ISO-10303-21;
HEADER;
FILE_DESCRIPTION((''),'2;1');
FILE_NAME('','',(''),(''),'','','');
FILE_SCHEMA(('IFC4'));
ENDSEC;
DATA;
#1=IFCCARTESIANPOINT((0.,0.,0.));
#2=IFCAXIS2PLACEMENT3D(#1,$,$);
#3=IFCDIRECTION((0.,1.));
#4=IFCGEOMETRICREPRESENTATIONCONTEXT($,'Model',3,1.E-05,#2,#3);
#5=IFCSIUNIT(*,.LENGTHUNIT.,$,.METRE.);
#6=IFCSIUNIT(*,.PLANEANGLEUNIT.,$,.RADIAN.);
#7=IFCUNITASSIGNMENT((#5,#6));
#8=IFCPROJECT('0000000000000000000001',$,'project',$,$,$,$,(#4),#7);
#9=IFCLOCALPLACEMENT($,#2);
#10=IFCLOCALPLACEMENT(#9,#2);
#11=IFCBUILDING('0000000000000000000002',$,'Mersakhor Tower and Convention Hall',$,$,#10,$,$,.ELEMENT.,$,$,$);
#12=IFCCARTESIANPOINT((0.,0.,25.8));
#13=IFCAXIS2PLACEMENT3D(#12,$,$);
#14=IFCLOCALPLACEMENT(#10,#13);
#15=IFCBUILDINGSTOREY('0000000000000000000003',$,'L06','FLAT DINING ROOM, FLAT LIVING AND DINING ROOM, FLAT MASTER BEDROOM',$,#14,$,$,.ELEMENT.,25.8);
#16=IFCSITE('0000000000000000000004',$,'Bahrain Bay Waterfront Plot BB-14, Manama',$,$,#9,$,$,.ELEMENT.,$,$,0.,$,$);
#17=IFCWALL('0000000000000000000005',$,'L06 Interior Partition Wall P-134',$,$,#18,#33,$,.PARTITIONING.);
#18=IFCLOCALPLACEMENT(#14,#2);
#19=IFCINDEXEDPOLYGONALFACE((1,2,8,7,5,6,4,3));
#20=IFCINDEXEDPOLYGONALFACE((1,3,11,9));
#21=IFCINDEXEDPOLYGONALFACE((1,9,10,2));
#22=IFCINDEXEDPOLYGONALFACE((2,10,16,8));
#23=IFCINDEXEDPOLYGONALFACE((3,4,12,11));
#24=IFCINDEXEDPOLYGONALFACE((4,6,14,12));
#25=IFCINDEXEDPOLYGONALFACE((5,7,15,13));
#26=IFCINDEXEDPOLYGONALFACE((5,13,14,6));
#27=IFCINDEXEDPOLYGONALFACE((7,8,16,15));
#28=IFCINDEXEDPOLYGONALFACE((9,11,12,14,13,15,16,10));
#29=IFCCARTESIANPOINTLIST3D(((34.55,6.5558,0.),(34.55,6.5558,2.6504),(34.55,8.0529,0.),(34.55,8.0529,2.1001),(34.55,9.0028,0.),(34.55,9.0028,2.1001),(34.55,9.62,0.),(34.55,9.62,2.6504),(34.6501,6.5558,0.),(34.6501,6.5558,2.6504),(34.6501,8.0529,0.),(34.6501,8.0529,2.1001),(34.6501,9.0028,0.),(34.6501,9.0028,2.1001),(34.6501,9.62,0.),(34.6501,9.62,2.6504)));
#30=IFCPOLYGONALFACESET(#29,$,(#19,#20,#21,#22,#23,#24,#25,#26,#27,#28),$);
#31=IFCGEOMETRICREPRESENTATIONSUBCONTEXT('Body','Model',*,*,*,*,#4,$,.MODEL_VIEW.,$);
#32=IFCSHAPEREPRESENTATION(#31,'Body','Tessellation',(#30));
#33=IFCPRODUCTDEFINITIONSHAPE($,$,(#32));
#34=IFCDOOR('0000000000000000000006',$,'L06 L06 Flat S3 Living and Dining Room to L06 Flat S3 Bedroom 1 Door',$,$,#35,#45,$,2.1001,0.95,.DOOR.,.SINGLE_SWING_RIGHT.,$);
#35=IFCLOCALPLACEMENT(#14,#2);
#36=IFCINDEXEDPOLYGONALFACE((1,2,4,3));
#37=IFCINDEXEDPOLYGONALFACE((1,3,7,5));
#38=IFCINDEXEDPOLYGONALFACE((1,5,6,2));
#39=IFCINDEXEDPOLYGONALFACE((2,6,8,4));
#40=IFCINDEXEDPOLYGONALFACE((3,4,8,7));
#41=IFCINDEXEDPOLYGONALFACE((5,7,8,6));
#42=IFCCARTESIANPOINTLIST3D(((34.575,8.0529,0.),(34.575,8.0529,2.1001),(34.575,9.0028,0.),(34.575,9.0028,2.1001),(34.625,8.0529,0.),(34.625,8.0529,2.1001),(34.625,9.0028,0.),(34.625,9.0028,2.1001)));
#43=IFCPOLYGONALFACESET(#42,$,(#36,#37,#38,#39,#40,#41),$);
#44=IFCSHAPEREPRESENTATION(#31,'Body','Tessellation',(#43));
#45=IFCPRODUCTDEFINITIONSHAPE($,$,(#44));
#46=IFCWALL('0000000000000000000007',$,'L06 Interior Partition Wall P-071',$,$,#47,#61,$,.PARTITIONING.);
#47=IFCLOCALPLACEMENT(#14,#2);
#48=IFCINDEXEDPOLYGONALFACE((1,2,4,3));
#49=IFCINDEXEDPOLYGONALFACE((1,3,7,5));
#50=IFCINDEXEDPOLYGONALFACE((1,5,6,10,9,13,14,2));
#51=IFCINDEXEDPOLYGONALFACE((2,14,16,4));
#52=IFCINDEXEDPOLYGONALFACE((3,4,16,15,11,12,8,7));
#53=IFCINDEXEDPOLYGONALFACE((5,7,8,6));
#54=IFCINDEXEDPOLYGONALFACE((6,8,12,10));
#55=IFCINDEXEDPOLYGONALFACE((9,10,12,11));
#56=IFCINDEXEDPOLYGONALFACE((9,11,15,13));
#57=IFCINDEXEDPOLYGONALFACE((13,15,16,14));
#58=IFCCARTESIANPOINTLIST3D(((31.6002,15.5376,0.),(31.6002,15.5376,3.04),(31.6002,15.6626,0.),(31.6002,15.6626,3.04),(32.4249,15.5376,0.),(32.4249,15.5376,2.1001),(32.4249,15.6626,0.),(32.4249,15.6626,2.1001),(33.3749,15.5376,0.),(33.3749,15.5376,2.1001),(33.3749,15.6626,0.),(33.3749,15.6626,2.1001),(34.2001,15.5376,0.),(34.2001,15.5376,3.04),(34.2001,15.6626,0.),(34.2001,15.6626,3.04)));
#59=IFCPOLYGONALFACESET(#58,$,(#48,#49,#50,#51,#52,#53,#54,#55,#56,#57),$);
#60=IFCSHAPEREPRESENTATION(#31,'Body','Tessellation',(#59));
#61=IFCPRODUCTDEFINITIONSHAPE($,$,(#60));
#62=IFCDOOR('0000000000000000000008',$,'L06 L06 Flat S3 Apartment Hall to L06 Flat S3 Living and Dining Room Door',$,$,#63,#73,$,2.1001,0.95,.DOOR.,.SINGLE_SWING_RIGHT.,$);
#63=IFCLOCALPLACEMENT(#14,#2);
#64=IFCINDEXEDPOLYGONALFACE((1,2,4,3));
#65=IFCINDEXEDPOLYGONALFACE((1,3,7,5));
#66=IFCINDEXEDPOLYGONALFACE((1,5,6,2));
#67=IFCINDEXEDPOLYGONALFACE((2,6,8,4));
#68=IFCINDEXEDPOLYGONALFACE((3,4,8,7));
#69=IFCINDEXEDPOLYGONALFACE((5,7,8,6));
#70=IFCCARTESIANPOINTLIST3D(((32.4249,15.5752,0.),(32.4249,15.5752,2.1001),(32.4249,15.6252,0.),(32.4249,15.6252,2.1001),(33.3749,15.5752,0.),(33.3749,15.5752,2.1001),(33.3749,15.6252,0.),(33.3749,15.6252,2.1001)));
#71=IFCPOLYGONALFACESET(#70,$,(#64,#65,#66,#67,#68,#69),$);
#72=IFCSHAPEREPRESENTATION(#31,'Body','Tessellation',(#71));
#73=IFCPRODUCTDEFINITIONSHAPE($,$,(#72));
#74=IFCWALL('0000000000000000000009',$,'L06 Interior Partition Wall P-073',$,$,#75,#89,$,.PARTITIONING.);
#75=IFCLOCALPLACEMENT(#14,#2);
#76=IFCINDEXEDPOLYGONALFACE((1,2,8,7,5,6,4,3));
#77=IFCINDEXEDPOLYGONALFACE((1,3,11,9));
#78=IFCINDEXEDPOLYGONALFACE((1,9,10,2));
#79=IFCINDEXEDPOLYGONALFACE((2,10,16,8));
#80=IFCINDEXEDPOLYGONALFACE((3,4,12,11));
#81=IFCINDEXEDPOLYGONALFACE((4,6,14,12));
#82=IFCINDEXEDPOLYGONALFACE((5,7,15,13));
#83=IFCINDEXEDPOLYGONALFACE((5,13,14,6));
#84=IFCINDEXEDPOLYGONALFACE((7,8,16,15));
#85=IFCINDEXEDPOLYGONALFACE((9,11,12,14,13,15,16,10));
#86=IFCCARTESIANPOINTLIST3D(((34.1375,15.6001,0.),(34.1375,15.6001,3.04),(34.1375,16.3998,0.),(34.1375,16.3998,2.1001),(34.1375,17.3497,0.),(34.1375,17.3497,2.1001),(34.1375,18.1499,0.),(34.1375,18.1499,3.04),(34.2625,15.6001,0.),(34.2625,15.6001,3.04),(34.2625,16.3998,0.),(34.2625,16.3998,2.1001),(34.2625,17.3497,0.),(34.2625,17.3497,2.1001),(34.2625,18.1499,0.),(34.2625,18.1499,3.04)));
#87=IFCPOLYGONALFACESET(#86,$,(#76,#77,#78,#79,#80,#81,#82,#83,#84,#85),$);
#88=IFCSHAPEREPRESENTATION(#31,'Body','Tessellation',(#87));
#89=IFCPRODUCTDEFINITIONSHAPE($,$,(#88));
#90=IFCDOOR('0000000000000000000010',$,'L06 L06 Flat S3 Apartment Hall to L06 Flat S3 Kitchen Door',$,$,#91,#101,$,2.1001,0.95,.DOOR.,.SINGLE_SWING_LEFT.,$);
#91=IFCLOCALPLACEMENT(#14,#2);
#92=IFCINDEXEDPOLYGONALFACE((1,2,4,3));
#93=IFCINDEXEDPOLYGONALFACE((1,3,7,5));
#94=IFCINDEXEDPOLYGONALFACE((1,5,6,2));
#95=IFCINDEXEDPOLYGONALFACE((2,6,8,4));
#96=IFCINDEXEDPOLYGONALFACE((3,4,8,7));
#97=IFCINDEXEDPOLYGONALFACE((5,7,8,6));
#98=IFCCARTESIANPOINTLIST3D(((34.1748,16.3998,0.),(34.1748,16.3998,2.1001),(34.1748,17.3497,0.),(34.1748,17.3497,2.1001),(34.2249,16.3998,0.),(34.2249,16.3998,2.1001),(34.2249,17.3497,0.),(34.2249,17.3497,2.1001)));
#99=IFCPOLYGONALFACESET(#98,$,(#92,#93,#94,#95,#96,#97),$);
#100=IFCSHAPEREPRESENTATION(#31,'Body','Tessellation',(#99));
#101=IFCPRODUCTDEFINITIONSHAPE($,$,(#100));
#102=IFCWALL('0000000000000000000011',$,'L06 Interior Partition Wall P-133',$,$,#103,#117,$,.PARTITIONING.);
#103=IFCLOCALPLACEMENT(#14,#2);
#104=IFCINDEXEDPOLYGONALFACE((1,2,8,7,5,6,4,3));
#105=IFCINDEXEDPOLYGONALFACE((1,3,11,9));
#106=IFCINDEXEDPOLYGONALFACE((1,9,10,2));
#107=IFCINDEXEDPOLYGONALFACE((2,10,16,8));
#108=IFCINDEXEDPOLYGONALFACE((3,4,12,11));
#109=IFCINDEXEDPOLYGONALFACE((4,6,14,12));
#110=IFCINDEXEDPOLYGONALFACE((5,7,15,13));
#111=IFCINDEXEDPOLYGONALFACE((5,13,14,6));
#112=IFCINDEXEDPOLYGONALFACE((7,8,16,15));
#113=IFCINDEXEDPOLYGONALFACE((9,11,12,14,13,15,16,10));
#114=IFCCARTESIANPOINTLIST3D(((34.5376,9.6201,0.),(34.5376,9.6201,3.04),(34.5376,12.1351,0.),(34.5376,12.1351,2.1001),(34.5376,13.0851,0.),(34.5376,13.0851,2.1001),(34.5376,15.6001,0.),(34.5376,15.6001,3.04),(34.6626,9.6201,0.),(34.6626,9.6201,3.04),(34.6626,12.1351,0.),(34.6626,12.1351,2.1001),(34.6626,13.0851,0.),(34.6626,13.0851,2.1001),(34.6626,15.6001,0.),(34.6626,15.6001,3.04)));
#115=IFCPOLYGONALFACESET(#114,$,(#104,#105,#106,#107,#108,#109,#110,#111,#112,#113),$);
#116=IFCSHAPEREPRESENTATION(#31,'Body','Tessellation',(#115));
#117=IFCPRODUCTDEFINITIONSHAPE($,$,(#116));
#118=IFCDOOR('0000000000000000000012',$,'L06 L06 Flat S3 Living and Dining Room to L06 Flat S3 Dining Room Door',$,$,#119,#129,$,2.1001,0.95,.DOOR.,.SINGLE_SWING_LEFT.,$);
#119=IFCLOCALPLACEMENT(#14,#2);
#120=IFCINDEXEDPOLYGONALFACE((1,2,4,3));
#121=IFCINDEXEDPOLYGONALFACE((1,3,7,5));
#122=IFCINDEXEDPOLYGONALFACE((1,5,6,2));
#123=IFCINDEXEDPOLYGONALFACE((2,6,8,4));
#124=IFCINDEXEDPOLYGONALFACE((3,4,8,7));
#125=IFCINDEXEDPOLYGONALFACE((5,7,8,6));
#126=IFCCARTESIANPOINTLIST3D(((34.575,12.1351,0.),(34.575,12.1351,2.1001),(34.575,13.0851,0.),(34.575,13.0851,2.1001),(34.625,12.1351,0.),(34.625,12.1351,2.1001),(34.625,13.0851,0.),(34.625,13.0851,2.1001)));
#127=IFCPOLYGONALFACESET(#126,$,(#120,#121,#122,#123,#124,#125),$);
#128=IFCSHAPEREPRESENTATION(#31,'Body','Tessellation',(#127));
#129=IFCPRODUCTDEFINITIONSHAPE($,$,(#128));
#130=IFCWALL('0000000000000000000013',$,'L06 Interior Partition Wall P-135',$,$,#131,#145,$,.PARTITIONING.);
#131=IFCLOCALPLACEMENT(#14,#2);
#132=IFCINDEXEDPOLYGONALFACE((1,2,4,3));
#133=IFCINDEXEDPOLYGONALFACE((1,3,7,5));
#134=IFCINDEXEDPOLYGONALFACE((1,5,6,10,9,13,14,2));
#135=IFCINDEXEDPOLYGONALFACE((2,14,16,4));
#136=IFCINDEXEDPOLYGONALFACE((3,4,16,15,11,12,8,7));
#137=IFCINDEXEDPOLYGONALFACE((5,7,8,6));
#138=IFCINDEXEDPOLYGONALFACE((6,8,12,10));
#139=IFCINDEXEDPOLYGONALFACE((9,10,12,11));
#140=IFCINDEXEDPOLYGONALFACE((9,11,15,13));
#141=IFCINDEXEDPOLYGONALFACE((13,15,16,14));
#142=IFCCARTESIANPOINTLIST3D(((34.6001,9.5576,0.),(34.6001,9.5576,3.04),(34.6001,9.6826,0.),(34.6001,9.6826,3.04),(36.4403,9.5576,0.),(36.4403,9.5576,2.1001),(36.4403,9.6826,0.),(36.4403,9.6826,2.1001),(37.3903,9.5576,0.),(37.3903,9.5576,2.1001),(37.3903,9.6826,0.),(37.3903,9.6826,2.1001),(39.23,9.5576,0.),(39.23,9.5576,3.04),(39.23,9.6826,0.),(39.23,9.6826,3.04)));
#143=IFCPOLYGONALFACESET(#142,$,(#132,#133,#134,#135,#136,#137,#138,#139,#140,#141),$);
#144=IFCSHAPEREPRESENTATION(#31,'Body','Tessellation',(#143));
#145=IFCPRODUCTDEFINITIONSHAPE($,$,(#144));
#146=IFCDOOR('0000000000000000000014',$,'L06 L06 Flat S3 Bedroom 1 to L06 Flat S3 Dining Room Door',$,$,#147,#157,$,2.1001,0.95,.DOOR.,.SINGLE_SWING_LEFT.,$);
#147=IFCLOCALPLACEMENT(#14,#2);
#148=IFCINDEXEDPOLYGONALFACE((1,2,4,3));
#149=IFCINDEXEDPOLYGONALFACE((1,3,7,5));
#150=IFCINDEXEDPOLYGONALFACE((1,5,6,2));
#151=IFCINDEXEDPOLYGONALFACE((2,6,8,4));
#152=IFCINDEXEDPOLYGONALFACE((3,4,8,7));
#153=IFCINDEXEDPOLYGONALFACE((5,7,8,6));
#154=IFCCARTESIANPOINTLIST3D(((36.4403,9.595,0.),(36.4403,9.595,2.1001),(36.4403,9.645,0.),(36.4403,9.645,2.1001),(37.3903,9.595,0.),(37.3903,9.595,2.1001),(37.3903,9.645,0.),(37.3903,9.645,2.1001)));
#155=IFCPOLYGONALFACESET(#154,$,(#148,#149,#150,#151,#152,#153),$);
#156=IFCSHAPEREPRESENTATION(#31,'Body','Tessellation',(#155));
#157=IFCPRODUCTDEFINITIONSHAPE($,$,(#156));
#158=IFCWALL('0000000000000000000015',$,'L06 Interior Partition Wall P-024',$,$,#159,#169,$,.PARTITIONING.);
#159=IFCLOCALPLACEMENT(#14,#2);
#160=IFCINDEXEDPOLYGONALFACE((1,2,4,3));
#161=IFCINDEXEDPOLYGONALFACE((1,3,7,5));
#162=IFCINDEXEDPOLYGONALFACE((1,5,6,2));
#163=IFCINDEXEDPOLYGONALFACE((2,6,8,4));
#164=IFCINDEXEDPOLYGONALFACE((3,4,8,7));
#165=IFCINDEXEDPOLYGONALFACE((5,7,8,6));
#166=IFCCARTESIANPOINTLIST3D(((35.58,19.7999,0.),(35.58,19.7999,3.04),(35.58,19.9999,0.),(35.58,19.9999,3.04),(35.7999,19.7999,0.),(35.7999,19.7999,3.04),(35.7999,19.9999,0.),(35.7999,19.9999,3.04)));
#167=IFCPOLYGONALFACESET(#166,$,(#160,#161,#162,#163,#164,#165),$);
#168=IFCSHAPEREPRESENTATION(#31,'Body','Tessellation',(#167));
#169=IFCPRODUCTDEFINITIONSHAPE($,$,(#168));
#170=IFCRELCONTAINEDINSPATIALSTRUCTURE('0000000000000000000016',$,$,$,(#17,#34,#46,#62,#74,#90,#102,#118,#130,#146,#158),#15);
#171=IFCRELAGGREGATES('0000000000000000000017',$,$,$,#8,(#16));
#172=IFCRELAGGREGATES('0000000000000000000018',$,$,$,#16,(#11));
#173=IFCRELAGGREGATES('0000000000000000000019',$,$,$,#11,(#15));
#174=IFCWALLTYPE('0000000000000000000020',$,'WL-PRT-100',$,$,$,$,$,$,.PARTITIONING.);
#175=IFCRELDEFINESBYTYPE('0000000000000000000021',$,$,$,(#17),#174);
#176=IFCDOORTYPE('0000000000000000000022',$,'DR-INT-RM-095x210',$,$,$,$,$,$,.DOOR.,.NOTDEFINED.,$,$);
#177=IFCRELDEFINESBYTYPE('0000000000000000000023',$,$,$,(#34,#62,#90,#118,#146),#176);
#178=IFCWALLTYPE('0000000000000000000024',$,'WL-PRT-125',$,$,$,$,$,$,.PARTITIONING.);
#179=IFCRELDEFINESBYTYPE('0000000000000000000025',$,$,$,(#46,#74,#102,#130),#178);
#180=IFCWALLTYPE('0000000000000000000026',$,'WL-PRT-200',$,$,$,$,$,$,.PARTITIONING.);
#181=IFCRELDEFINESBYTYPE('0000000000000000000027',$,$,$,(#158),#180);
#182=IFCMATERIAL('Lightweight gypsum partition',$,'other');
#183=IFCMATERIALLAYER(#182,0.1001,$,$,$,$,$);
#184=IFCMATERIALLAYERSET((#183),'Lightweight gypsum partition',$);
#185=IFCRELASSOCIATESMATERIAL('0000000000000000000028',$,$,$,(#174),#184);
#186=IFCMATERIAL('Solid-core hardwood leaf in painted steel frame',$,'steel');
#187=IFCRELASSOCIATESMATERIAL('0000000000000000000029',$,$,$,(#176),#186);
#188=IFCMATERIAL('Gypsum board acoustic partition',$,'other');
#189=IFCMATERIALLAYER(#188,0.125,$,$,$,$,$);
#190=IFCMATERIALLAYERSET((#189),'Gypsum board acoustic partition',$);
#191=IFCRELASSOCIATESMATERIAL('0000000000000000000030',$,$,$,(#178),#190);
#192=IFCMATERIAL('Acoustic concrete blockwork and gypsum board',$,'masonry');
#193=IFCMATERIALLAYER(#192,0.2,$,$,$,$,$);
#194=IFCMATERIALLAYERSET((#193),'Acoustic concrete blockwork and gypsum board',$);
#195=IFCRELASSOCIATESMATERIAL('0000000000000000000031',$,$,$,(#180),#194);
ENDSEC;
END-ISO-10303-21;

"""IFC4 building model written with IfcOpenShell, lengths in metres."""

from ifc_helpers import new_model, si_unit, direction, frame, frame_2d, origin, place, context, subcontext, project, spatial, rectangle, extrude, material, layer, layer_set, type_object, element, fill, save


model = new_model("IFC4")

# Units and contexts
model_context = context("Model", 3, precision=1e-05, world=origin(), true_north=direction((0.0, 1.0)))
body_context = subcontext(model_context, "Body", "Model", "MODEL_VIEW")
ifc_project = project(units=[si_unit("LENGTHUNIT", "METRE"), si_unit("PLANEANGLEUNIT", "RADIAN")], contexts=[model_context])

# Site, building, storey
site_placement = place(None, origin())
site = spatial("IfcSite", under=ifc_project, at=site_placement, Name="Bahrain Bay Waterfront Plot BB-14, Manama", CompositionType="ELEMENT", RefElevation=0.0)
building_placement = place(site_placement, origin())
building = spatial("IfcBuilding", under=site, at=building_placement, Name="Mersakhor Tower and Convention Hall", CompositionType="ELEMENT")
storey_placement = place(building_placement, frame((0.0, 0.0, 25.8)))
storey = spatial("IfcBuildingStorey", under=building, at=storey_placement, Name="L06", Description="FLAT DINING ROOM, FLAT LIVING AND DINING ROOM, FLAT MASTER BEDROOM", CompositionType="ELEMENT", Elevation=25.8)

# Shared definitions
ifc_material_1 = material(Name="Lightweight gypsum partition", Category="other")
ifc_layer_1 = layer(ifc_material_1, 0.1001)
ifc_layer_set_1 = layer_set([ifc_layer_1], Name="Lightweight gypsum partition")
wall_type_1 = type_object("IfcWallType", Name="WL-PRT-100", PredefinedType="PARTITIONING", material=ifc_layer_set_1)

# Walls, openings, doors
wall_1_placement = place(storey_placement, frame((34.6001, 9.6201, 0.0), z_axis=(0.0, 0.0, 1.0), x_axis=(0.0, -1.0, 0.0)))
wall_1 = element("IfcWall", 1, at=wall_1_placement, inside=storey, type_object=wall_type_1, Name="L06 Interior Partition Wall P-134", PredefinedType="PARTITIONING", context=body_context, shape_type="SweptSolid", body=[
    extrude(rectangle(XDim=3.0642, YDim=0.1001, at=frame_2d((1.5322, 0.0))), origin(), (0.0, 0.0, 1.0), 2.6504),
])
opening_1_placement = place(wall_1_placement, frame((0.6172, 0.0, 0.0)))
opening_1 = element("IfcOpeningElement", 2, at=opening_1_placement, cuts=wall_1, PredefinedType="OPENING", context=body_context, shape_type="SweptSolid", body=[
    extrude(rectangle(XDim=0.95, YDim=2.1001, at=frame_2d((0.4751, 1.05))), frame((0.0, 0.0601, 0.0), z_axis=(0.0, -1.0, 0.0), x_axis=(1.0, 0.0, 0.0)), (0.0, 0.0, 1.0), 0.1201),
])
ifc_material_2 = material(Name="Solid-core hardwood leaf in painted steel frame", Category="steel")
door_type_1 = type_object("IfcDoorType", Name="DR-INT-RM-095x210", OperationType="NOTDEFINED", PredefinedType="DOOR", material=ifc_material_2)
door_1_placement = place(opening_1_placement, origin())
door_1 = element("IfcDoor", 3, at=door_1_placement, inside=storey, type_object=door_type_1, Name="L06 L06 Flat S3 Living and Dining Room to L06 Flat S3 Bedroom 1 Door", OperationType="SINGLE_SWING_RIGHT", OverallHeight=2.1001, OverallWidth=0.95, PredefinedType="DOOR", context=body_context, shape_type="SweptSolid", body=[
    extrude(rectangle(XDim=0.95, YDim=2.1001, at=frame_2d((0.4751, 1.05))), frame((0.0, 0.0249, 0.0), z_axis=(0.0, -1.0, 0.0), x_axis=(1.0, 0.0, 0.0)), (0.0, 0.0, 1.0), 0.05),
])
fill(opening_1, door_1)
ifc_material_3 = material(Name="Gypsum board acoustic partition", Category="other")
ifc_layer_2 = layer(ifc_material_3, 0.125)
ifc_layer_set_2 = layer_set([ifc_layer_2], Name="Gypsum board acoustic partition")
wall_type_2 = type_object("IfcWallType", Name="WL-PRT-125", PredefinedType="PARTITIONING", material=ifc_layer_set_2)
wall_2_placement = place(storey_placement, frame((34.2, 15.6001, 0.0), z_axis=(0.0, 0.0, 1.0), x_axis=(-1.0, 0.0, 0.0)))
wall_2 = element("IfcWall", 4, at=wall_2_placement, inside=storey, type_object=wall_type_2, Name="L06 Interior Partition Wall P-071", PredefinedType="PARTITIONING", context=body_context, shape_type="SweptSolid", body=[
    extrude(rectangle(XDim=2.5999, YDim=0.125, at=frame_2d((1.2998, 0.0))), origin(), (0.0, 0.0, 1.0), 3.04),
])
opening_2_placement = place(wall_2_placement, frame((0.825, 0.0, 0.0)))
opening_2 = element("IfcOpeningElement", 5, at=opening_2_placement, cuts=wall_2, PredefinedType="OPENING", context=body_context, shape_type="SweptSolid", body=[
    extrude(rectangle(XDim=0.95, YDim=2.1001, at=frame_2d((0.4751, 1.05))), frame((0.0, 0.0725, 0.0), z_axis=(0.0, -1.0, 0.0), x_axis=(1.0, 0.0, 0.0)), (0.0, 0.0, 1.0), 0.145),
])
door_2_placement = place(opening_2_placement, origin())
door_2 = element("IfcDoor", 6, at=door_2_placement, inside=storey, type_object=door_type_1, Name="L06 L06 Flat S3 Apartment Hall to L06 Flat S3 Living and Dining Room Door", OperationType="SINGLE_SWING_RIGHT", OverallHeight=2.1001, OverallWidth=0.95, PredefinedType="DOOR", context=body_context, shape_type="SweptSolid", body=[
    extrude(rectangle(XDim=0.95, YDim=2.1001, at=frame_2d((0.4751, 1.05))), frame((0.0, 0.0249, 0.0), z_axis=(0.0, -1.0, 0.0), x_axis=(1.0, 0.0, 0.0)), (0.0, 0.0, 1.0), 0.05),
])
fill(opening_2, door_2)
wall_3_placement = place(storey_placement, frame((34.2, 18.1499, 0.0), z_axis=(0.0, 0.0, 1.0), x_axis=(0.0, -1.0, 0.0)))
wall_3 = element("IfcWall", 7, at=wall_3_placement, inside=storey, type_object=wall_type_2, Name="L06 Interior Partition Wall P-073", PredefinedType="PARTITIONING", context=body_context, shape_type="SweptSolid", body=[
    extrude(rectangle(XDim=2.5498, YDim=0.125, at=frame_2d((1.2749, 0.0))), origin(), (0.0, 0.0, 1.0), 3.04),
])
opening_3_placement = place(wall_3_placement, frame((0.8, 0.0, 0.0)))
opening_3 = element("IfcOpeningElement", 8, at=opening_3_placement, cuts=wall_3, PredefinedType="OPENING", context=body_context, shape_type="SweptSolid", body=[
    extrude(rectangle(XDim=0.95, YDim=2.1001, at=frame_2d((0.4751, 1.05))), frame((0.0, 0.0725, 0.0), z_axis=(0.0, -1.0, 0.0), x_axis=(1.0, 0.0, 0.0)), (0.0, 0.0, 1.0), 0.145),
])
door_3_placement = place(opening_3_placement, origin())
door_3 = element("IfcDoor", 9, at=door_3_placement, inside=storey, type_object=door_type_1, Name="L06 L06 Flat S3 Apartment Hall to L06 Flat S3 Kitchen Door", OperationType="SINGLE_SWING_LEFT", OverallHeight=2.1001, OverallWidth=0.95, PredefinedType="DOOR", context=body_context, shape_type="SweptSolid", body=[
    extrude(rectangle(XDim=0.95, YDim=2.1001, at=frame_2d((0.4751, 1.05))), frame((0.0, 0.0249, 0.0), z_axis=(0.0, -1.0, 0.0), x_axis=(1.0, 0.0, 0.0)), (0.0, 0.0, 1.0), 0.05),
])
fill(opening_3, door_3)
wall_4_placement = place(storey_placement, frame((34.6001, 15.6001, 0.0), z_axis=(0.0, 0.0, 1.0), x_axis=(0.0, -1.0, 0.0)))
wall_4 = element("IfcWall", 10, at=wall_4_placement, inside=storey, type_object=wall_type_2, Name="L06 Interior Partition Wall P-133", PredefinedType="PARTITIONING", context=body_context, shape_type="SweptSolid", body=[
    extrude(rectangle(XDim=5.98, YDim=0.125, at=frame_2d((2.99, 0.0))), origin(), (0.0, 0.0, 1.0), 3.04),
])
opening_4_placement = place(wall_4_placement, frame((2.5149, 0.0, 0.0)))
opening_4 = element("IfcOpeningElement", 11, at=opening_4_placement, cuts=wall_4, PredefinedType="OPENING", context=body_context, shape_type="SweptSolid", body=[
    extrude(rectangle(XDim=0.95, YDim=2.1001, at=frame_2d((0.4751, 1.05))), frame((0.0, 0.0725, 0.0), z_axis=(0.0, -1.0, 0.0), x_axis=(1.0, 0.0, 0.0)), (0.0, 0.0, 1.0), 0.145),
])
door_4_placement = place(opening_4_placement, origin())
door_4 = element("IfcDoor", 12, at=door_4_placement, inside=storey, type_object=door_type_1, Name="L06 L06 Flat S3 Living and Dining Room to L06 Flat S3 Dining Room Door", OperationType="SINGLE_SWING_LEFT", OverallHeight=2.1001, OverallWidth=0.95, PredefinedType="DOOR", context=body_context, shape_type="SweptSolid", body=[
    extrude(rectangle(XDim=0.95, YDim=2.1001, at=frame_2d((0.4751, 1.05))), frame((0.0, 0.0249, 0.0), z_axis=(0.0, -1.0, 0.0), x_axis=(1.0, 0.0, 0.0)), (0.0, 0.0, 1.0), 0.05),
])
fill(opening_4, door_4)
wall_5_placement = place(storey_placement, frame((34.6001, 9.6201, 0.0), z_axis=(0.0, 0.0, 1.0), x_axis=(1.0, 0.0, 0.0)))
wall_5 = element("IfcWall", 13, at=wall_5_placement, inside=storey, type_object=wall_type_2, Name="L06 Interior Partition Wall P-135", PredefinedType="PARTITIONING", context=body_context, shape_type="SweptSolid", body=[
    extrude(rectangle(XDim=4.6299, YDim=0.125, at=frame_2d((2.3149, 0.0))), origin(), (0.0, 0.0, 1.0), 3.04),
])
opening_5_placement = place(wall_5_placement, frame((1.8401, 0.0, 0.0)))
opening_5 = element("IfcOpeningElement", 14, at=opening_5_placement, cuts=wall_5, PredefinedType="OPENING", context=body_context, shape_type="SweptSolid", body=[
    extrude(rectangle(XDim=0.95, YDim=2.1001, at=frame_2d((0.4751, 1.05))), frame((0.0, 0.0725, 0.0), z_axis=(0.0, -1.0, 0.0), x_axis=(1.0, 0.0, 0.0)), (0.0, 0.0, 1.0), 0.145),
])
door_5_placement = place(opening_5_placement, origin())
door_5 = element("IfcDoor", 15, at=door_5_placement, inside=storey, type_object=door_type_1, Name="L06 L06 Flat S3 Bedroom 1 to L06 Flat S3 Dining Room Door", OperationType="SINGLE_SWING_LEFT", OverallHeight=2.1001, OverallWidth=0.95, PredefinedType="DOOR", context=body_context, shape_type="SweptSolid", body=[
    extrude(rectangle(XDim=0.95, YDim=2.1001, at=frame_2d((0.4751, 1.05))), frame((0.0, 0.0249, 0.0), z_axis=(0.0, -1.0, 0.0), x_axis=(1.0, 0.0, 0.0)), (0.0, 0.0, 1.0), 0.05),
])
fill(opening_5, door_5)

# Wall
ifc_material_4 = material(Name="Acoustic concrete blockwork and gypsum board", Category="masonry")
ifc_layer_3 = layer(ifc_material_4, 0.2)
ifc_layer_set_3 = layer_set([ifc_layer_3], Name="Acoustic concrete blockwork and gypsum board")
wall_type_3 = type_object("IfcWallType", Name="WL-PRT-200", PredefinedType="PARTITIONING", material=ifc_layer_set_3)
wall_6_placement = place(storey_placement, frame((35.5801, 19.8999, 0.0), z_axis=(0.0, 0.0, 1.0), x_axis=(1.0, 0.0, 0.0)))
element("IfcWall", 16, at=wall_6_placement, inside=storey, type_object=wall_type_3, Name="L06 Interior Partition Wall P-024", PredefinedType="PARTITIONING", context=body_context, shape_type="SweptSolid", body=[
    extrude(rectangle(XDim=0.22, YDim=0.2, at=frame_2d((0.1099, 0.0))), origin(), (0.0, 0.0, 1.0), 3.04),
])

save(model, "model.ifc")
